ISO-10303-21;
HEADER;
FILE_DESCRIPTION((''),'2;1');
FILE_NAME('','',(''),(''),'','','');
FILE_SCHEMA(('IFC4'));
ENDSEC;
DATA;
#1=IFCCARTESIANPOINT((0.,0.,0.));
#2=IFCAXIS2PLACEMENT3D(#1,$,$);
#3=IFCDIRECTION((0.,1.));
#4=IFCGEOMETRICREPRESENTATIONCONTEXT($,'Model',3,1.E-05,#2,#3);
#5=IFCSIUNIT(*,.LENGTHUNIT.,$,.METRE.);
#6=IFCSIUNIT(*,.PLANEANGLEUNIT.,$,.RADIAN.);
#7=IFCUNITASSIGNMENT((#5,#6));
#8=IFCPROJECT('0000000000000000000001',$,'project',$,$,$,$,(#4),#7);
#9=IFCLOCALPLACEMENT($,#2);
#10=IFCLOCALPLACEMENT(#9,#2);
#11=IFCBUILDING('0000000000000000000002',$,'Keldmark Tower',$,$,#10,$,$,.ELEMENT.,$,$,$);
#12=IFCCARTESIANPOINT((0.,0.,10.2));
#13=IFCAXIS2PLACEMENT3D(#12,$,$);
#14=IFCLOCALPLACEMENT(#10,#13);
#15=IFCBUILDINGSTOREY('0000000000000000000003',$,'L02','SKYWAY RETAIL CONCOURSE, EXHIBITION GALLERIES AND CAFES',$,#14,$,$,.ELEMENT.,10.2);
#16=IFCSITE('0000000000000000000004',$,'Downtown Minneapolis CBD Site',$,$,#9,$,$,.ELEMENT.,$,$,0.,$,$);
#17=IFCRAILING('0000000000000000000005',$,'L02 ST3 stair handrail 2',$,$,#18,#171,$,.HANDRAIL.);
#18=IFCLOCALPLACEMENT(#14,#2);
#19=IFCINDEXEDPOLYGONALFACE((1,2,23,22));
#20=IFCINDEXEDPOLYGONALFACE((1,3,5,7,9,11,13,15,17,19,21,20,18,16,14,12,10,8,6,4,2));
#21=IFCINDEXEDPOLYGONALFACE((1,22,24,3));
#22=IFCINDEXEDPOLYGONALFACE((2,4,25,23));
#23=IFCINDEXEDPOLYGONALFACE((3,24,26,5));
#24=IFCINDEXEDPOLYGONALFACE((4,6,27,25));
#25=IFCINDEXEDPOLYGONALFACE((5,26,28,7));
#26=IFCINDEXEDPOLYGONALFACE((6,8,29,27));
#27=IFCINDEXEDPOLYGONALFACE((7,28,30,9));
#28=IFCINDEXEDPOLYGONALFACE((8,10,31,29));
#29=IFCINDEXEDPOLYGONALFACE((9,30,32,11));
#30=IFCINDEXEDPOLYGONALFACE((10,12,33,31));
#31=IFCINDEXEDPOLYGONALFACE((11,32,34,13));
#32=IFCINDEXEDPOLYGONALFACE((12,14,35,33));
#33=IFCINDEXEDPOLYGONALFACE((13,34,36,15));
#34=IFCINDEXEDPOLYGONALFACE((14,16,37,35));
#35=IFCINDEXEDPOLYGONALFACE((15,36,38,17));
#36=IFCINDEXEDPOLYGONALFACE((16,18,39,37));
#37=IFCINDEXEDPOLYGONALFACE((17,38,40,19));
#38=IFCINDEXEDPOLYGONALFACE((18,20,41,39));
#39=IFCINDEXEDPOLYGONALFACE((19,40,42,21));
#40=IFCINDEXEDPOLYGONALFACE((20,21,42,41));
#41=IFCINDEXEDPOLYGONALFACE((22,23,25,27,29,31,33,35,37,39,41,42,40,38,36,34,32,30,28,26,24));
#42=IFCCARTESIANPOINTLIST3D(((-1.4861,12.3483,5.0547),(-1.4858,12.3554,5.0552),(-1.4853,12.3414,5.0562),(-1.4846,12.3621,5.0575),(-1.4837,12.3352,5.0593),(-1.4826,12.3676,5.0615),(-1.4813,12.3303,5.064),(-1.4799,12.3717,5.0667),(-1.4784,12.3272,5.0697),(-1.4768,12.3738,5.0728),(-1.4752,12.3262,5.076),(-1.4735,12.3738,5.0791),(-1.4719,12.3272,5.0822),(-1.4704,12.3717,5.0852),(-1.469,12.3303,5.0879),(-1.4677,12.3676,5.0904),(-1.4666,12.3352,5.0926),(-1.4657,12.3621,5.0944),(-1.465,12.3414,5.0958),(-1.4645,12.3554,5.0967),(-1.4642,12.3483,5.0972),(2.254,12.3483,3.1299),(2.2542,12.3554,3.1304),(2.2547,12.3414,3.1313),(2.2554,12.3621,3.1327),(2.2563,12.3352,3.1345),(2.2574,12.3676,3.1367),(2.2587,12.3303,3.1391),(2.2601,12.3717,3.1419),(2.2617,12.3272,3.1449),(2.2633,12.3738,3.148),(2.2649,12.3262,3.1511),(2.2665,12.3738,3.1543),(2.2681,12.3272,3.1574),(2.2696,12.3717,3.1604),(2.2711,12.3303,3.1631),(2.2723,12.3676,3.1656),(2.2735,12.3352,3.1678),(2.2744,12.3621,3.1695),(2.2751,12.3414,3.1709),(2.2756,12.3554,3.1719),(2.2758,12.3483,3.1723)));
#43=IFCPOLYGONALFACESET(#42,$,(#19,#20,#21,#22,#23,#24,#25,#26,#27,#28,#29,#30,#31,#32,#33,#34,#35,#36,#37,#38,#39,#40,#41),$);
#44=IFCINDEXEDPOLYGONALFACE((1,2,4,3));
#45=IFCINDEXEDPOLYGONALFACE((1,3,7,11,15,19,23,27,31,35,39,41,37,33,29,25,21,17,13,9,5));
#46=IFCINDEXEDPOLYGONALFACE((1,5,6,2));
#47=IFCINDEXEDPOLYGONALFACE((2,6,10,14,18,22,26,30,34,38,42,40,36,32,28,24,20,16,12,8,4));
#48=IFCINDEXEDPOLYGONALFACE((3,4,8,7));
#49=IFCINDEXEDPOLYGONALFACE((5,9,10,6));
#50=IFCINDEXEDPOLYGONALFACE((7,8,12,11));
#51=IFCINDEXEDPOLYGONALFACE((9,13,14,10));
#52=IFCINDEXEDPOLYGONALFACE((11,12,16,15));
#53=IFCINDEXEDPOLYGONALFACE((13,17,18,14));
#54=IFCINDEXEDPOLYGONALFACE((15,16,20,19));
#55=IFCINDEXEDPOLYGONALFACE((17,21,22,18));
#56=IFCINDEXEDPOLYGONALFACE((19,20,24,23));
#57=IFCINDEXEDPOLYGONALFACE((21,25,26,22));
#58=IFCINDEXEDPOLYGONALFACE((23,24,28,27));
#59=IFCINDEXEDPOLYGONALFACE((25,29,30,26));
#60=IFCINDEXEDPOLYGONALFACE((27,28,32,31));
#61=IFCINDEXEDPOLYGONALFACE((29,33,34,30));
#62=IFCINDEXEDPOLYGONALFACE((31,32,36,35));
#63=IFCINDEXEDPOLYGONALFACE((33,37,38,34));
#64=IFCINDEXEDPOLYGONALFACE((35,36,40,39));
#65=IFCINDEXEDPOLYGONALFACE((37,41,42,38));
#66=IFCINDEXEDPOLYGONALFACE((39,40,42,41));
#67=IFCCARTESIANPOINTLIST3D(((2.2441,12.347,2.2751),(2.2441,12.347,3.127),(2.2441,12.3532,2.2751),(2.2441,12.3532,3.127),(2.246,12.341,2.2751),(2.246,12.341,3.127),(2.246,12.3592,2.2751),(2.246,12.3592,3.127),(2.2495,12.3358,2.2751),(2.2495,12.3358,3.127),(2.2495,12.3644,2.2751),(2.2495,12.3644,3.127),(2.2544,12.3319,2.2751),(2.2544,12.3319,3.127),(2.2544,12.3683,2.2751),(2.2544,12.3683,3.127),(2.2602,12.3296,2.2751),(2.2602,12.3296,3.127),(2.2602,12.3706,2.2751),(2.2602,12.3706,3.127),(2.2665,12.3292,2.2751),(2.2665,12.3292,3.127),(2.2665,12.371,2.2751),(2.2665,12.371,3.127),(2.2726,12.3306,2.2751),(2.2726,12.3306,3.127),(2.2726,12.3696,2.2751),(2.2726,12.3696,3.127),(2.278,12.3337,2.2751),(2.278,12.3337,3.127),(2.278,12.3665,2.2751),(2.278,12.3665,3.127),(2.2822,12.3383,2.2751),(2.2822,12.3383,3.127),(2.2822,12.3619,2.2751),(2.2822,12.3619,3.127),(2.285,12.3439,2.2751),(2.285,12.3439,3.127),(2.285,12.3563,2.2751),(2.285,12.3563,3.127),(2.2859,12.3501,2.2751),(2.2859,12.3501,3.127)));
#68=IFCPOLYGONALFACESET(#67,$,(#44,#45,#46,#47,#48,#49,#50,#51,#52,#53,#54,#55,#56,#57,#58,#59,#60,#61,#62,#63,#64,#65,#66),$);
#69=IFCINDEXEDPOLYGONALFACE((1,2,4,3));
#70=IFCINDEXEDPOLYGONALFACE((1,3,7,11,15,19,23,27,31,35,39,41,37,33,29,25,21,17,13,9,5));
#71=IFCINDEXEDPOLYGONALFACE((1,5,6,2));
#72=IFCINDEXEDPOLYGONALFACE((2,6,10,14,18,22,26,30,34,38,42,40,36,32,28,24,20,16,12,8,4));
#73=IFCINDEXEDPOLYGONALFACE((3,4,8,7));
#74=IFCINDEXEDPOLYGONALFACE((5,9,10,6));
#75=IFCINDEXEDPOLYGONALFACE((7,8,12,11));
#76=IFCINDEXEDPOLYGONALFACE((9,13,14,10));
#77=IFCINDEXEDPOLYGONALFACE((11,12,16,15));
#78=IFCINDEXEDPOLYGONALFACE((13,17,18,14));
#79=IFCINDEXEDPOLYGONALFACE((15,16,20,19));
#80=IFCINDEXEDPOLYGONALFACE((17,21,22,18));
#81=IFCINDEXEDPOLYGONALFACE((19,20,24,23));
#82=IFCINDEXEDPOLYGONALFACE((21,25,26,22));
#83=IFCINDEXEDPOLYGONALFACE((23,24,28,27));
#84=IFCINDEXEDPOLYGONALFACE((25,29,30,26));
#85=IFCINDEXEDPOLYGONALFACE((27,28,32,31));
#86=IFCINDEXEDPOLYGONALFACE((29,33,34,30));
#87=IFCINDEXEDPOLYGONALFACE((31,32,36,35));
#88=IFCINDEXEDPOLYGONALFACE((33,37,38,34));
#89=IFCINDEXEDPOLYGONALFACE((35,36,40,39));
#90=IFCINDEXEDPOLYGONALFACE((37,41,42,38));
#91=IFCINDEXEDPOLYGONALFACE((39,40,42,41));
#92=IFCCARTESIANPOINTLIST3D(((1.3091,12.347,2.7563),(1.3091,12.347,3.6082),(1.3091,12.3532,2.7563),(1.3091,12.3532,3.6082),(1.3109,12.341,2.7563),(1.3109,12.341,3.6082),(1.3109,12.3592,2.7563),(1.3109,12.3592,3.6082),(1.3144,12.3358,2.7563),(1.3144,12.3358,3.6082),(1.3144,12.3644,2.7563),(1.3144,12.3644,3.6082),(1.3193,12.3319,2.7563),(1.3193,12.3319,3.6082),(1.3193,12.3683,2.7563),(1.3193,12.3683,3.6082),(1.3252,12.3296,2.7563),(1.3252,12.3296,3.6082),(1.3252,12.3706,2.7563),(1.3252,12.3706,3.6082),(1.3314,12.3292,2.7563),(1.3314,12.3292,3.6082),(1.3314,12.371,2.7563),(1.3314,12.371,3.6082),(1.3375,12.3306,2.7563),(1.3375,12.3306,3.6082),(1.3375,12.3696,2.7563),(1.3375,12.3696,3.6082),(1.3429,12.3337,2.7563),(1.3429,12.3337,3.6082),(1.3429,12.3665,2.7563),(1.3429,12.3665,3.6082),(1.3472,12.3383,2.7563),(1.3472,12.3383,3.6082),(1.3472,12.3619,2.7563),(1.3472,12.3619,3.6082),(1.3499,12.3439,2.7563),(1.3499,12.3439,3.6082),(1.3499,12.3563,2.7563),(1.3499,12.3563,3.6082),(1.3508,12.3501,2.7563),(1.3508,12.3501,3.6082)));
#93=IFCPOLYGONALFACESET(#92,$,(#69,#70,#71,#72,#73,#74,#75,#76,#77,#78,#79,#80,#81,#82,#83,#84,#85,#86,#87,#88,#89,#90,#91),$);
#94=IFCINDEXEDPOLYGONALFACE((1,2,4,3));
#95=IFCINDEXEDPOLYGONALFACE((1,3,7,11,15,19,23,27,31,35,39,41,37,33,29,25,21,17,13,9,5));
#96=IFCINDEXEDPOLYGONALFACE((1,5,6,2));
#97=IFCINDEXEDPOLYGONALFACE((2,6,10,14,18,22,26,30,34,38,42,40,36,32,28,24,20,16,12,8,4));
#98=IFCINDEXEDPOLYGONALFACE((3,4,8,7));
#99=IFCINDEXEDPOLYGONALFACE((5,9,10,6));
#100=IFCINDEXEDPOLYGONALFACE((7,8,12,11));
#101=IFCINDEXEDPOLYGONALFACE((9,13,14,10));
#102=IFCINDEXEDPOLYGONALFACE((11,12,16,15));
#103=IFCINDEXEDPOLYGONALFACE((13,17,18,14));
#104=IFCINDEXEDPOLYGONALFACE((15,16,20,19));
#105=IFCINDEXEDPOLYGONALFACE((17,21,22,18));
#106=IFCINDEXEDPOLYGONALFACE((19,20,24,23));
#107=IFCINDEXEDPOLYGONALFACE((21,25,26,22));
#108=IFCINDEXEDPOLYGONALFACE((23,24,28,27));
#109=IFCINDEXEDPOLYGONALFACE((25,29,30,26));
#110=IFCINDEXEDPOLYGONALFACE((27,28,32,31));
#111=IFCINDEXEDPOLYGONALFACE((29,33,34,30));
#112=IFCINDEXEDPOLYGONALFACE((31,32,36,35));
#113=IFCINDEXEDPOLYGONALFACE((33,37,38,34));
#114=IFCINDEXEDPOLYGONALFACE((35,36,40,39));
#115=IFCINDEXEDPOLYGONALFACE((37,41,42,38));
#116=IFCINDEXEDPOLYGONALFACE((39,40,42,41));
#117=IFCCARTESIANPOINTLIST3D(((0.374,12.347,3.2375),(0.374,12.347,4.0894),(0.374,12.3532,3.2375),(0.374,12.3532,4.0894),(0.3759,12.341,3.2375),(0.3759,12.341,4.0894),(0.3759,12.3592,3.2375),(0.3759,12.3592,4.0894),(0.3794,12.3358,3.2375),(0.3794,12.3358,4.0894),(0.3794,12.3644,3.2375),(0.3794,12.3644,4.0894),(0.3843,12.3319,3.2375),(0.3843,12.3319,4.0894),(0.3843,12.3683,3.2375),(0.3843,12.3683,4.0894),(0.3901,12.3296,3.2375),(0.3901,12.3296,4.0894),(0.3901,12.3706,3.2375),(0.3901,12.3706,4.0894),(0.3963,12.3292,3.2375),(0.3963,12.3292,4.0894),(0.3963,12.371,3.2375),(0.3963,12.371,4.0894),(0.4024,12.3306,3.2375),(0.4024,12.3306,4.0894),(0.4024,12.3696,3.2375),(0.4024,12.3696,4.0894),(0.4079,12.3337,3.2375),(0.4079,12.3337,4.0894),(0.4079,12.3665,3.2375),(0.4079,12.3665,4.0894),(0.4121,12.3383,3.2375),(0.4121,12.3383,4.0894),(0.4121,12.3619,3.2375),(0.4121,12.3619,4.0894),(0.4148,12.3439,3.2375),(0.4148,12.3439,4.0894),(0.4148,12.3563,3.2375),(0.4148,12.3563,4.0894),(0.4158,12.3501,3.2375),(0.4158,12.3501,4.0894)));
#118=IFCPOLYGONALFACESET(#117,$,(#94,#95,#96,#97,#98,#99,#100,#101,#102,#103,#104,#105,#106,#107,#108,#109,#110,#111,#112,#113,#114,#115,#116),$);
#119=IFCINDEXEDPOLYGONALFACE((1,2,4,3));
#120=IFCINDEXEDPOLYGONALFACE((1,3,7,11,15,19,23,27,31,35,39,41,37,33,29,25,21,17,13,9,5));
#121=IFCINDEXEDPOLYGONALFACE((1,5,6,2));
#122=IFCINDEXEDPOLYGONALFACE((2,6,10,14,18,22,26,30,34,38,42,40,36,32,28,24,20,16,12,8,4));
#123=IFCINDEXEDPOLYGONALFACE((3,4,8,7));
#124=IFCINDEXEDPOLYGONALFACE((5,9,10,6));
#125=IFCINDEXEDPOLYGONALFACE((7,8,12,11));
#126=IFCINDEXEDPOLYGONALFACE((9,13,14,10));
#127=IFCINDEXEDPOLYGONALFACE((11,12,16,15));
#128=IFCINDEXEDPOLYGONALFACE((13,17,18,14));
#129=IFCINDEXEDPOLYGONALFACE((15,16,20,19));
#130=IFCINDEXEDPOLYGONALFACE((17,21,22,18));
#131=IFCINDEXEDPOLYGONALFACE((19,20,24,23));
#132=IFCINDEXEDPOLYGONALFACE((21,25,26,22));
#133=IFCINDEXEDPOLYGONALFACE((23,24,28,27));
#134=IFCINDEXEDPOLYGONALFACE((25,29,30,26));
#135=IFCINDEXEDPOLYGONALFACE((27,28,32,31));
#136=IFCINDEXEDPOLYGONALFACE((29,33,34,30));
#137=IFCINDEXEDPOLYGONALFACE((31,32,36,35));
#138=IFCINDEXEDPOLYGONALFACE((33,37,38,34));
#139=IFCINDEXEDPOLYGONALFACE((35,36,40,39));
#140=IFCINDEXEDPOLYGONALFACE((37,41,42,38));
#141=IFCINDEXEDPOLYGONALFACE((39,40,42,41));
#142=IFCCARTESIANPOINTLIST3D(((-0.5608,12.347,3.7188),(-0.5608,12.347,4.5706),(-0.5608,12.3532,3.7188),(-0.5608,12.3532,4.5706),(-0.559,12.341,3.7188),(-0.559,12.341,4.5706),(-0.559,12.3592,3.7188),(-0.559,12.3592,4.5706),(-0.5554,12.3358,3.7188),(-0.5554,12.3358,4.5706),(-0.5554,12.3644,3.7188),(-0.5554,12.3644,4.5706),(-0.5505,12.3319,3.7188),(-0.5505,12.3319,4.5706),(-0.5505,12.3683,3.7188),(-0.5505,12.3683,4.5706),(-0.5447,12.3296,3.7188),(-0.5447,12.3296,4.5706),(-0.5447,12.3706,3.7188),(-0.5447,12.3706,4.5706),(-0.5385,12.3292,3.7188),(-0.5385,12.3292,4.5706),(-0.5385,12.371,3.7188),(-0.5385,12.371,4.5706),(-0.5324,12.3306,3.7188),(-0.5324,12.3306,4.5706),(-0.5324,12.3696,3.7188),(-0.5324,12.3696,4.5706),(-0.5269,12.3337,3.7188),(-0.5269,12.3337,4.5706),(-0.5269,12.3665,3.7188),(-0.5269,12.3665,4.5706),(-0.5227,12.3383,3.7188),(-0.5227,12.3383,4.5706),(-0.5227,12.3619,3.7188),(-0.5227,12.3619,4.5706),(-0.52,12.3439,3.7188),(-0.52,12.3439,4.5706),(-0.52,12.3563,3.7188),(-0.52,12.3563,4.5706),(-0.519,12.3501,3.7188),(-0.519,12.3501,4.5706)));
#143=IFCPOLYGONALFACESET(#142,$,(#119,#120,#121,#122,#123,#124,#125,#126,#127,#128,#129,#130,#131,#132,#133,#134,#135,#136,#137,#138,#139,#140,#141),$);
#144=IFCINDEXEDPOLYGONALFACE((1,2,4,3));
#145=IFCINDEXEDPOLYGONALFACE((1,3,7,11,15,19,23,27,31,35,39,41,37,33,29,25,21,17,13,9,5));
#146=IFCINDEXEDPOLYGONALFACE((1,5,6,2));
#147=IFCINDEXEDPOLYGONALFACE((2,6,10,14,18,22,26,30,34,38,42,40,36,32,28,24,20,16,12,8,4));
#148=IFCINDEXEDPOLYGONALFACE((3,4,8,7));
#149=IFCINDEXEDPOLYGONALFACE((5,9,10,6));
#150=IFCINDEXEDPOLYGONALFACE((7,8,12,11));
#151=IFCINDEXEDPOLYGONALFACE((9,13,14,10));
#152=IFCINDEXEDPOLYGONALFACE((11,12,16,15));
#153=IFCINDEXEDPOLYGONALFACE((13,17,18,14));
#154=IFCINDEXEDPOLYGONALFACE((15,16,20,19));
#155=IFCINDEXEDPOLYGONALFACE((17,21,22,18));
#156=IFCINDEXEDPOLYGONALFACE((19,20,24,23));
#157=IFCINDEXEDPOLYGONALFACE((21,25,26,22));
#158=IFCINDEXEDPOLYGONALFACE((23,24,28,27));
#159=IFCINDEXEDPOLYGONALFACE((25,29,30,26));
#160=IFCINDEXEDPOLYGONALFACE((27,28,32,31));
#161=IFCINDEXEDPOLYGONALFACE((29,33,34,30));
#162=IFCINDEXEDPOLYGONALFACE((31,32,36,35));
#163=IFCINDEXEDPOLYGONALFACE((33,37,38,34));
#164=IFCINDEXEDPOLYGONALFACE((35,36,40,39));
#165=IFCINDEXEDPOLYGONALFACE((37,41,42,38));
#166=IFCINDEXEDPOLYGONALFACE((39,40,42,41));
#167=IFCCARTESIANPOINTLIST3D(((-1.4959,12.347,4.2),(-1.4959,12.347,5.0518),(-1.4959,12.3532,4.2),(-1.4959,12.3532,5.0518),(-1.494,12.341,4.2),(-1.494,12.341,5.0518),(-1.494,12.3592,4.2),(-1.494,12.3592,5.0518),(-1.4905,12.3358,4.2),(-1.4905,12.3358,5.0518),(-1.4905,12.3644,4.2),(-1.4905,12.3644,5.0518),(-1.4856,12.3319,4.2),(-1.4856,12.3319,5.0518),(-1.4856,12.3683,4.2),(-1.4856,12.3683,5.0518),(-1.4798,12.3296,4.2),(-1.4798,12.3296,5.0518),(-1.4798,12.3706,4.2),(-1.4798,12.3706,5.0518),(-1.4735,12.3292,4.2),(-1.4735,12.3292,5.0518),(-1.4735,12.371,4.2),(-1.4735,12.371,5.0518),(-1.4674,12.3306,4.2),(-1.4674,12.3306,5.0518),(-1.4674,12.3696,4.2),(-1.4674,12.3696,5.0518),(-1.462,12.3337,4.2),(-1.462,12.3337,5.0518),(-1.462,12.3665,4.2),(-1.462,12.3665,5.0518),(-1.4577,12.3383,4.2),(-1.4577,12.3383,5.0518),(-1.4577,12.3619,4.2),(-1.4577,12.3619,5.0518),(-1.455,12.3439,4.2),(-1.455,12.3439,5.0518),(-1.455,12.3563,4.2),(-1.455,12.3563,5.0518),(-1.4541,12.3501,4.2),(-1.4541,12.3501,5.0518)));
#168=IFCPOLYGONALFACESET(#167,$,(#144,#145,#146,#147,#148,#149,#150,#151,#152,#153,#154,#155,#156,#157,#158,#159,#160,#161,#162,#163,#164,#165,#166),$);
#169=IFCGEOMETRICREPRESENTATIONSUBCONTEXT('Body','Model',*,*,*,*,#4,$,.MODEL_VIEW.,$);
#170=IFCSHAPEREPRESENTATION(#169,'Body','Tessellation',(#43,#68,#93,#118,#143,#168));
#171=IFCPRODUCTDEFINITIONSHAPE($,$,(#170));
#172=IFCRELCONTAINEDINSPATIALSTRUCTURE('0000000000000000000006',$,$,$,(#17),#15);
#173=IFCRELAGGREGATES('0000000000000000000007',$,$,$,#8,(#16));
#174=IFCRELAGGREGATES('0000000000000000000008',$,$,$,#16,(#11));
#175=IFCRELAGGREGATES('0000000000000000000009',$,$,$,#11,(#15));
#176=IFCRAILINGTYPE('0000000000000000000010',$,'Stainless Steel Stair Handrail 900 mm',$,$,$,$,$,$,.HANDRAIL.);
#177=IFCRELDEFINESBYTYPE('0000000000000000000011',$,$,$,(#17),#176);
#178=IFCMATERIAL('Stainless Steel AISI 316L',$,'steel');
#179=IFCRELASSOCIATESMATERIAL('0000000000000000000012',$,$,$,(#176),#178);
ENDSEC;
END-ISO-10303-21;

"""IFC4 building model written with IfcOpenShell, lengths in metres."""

from ifc_helpers import new_model, si_unit, direction, frame, origin, origin_2d, place, context, subcontext, project, spatial, circle, extrude, material, type_object, element, save


model = new_model("IFC4")

# Units and contexts
model_context = context("Model", 3, precision=1e-05, world=origin(), true_north=direction((0.0, 1.0)))
body_context = subcontext(model_context, "Body", "Model", "MODEL_VIEW")
ifc_project = project(units=[si_unit("LENGTHUNIT", "METRE"), si_unit("PLANEANGLEUNIT", "RADIAN")], contexts=[model_context])

# Site, building, storey
site_placement = place(None, origin())
site = spatial("IfcSite", under=ifc_project, at=site_placement, Name="Downtown Minneapolis CBD Site", CompositionType="ELEMENT", RefElevation=0.0)
building_placement = place(site_placement, origin())
building = spatial("IfcBuilding", under=site, at=building_placement, Name="Keldmark Tower", CompositionType="ELEMENT")
storey_placement = place(building_placement, frame((0.0, 0.0, 10.2)))
storey = spatial("IfcBuildingStorey", under=building, at=storey_placement, Name="L02", Description="SKYWAY RETAIL CONCOURSE, EXHIBITION GALLERIES AND CAFES", CompositionType="ELEMENT", Elevation=10.2)

# Railing
ifc_material_1 = material(Name="Stainless Steel AISI 316L", Category="steel")
railing_type_1 = type_object("IfcRailingType", Name="Stainless Steel Stair Handrail 900 mm", PredefinedType="HANDRAIL", material=ifc_material_1)
railing_1_placement = place(storey_placement, frame((2.2649, 12.3501, 2.2751)))
element("IfcRailing", 1, at=railing_1_placement, inside=storey, type_object=railing_type_1, Name="L02 ST3 stair handrail 2", PredefinedType="HANDRAIL", context=body_context, shape_type="SweptSolid", body=[
    extrude(circle(Radius=0.0239, at=origin_2d()), frame((0.0, 0.0, 0.876), z_axis=(-0.889154, 0.0, 0.457608), x_axis=(0.0, -1.0, 0.0)), (0.0, 0.0, 1.0), 4.2063),
    extrude(circle(Radius=0.021, at=origin_2d()), origin(), (0.0, 0.0, 1.0), 0.8518),
    extrude(circle(Radius=0.021, at=origin_2d()), frame((-0.9351, 0.0, 0.4812)), (0.0, 0.0, 1.0), 0.8518),
    extrude(circle(Radius=0.021, at=origin_2d()), frame((-1.8701, 0.0, 0.9624)), (0.0, 0.0, 1.0), 0.8518),
    extrude(circle(Radius=0.021, at=origin_2d()), frame((-2.8049, 0.0, 1.4436)), (0.0, 0.0, 1.0), 0.8518),
    extrude(circle(Radius=0.021, at=origin_2d()), frame((-3.74, 0.0, 1.9248)), (0.0, 0.0, 1.0), 0.8518),
])

save(model, "model.ifc")
